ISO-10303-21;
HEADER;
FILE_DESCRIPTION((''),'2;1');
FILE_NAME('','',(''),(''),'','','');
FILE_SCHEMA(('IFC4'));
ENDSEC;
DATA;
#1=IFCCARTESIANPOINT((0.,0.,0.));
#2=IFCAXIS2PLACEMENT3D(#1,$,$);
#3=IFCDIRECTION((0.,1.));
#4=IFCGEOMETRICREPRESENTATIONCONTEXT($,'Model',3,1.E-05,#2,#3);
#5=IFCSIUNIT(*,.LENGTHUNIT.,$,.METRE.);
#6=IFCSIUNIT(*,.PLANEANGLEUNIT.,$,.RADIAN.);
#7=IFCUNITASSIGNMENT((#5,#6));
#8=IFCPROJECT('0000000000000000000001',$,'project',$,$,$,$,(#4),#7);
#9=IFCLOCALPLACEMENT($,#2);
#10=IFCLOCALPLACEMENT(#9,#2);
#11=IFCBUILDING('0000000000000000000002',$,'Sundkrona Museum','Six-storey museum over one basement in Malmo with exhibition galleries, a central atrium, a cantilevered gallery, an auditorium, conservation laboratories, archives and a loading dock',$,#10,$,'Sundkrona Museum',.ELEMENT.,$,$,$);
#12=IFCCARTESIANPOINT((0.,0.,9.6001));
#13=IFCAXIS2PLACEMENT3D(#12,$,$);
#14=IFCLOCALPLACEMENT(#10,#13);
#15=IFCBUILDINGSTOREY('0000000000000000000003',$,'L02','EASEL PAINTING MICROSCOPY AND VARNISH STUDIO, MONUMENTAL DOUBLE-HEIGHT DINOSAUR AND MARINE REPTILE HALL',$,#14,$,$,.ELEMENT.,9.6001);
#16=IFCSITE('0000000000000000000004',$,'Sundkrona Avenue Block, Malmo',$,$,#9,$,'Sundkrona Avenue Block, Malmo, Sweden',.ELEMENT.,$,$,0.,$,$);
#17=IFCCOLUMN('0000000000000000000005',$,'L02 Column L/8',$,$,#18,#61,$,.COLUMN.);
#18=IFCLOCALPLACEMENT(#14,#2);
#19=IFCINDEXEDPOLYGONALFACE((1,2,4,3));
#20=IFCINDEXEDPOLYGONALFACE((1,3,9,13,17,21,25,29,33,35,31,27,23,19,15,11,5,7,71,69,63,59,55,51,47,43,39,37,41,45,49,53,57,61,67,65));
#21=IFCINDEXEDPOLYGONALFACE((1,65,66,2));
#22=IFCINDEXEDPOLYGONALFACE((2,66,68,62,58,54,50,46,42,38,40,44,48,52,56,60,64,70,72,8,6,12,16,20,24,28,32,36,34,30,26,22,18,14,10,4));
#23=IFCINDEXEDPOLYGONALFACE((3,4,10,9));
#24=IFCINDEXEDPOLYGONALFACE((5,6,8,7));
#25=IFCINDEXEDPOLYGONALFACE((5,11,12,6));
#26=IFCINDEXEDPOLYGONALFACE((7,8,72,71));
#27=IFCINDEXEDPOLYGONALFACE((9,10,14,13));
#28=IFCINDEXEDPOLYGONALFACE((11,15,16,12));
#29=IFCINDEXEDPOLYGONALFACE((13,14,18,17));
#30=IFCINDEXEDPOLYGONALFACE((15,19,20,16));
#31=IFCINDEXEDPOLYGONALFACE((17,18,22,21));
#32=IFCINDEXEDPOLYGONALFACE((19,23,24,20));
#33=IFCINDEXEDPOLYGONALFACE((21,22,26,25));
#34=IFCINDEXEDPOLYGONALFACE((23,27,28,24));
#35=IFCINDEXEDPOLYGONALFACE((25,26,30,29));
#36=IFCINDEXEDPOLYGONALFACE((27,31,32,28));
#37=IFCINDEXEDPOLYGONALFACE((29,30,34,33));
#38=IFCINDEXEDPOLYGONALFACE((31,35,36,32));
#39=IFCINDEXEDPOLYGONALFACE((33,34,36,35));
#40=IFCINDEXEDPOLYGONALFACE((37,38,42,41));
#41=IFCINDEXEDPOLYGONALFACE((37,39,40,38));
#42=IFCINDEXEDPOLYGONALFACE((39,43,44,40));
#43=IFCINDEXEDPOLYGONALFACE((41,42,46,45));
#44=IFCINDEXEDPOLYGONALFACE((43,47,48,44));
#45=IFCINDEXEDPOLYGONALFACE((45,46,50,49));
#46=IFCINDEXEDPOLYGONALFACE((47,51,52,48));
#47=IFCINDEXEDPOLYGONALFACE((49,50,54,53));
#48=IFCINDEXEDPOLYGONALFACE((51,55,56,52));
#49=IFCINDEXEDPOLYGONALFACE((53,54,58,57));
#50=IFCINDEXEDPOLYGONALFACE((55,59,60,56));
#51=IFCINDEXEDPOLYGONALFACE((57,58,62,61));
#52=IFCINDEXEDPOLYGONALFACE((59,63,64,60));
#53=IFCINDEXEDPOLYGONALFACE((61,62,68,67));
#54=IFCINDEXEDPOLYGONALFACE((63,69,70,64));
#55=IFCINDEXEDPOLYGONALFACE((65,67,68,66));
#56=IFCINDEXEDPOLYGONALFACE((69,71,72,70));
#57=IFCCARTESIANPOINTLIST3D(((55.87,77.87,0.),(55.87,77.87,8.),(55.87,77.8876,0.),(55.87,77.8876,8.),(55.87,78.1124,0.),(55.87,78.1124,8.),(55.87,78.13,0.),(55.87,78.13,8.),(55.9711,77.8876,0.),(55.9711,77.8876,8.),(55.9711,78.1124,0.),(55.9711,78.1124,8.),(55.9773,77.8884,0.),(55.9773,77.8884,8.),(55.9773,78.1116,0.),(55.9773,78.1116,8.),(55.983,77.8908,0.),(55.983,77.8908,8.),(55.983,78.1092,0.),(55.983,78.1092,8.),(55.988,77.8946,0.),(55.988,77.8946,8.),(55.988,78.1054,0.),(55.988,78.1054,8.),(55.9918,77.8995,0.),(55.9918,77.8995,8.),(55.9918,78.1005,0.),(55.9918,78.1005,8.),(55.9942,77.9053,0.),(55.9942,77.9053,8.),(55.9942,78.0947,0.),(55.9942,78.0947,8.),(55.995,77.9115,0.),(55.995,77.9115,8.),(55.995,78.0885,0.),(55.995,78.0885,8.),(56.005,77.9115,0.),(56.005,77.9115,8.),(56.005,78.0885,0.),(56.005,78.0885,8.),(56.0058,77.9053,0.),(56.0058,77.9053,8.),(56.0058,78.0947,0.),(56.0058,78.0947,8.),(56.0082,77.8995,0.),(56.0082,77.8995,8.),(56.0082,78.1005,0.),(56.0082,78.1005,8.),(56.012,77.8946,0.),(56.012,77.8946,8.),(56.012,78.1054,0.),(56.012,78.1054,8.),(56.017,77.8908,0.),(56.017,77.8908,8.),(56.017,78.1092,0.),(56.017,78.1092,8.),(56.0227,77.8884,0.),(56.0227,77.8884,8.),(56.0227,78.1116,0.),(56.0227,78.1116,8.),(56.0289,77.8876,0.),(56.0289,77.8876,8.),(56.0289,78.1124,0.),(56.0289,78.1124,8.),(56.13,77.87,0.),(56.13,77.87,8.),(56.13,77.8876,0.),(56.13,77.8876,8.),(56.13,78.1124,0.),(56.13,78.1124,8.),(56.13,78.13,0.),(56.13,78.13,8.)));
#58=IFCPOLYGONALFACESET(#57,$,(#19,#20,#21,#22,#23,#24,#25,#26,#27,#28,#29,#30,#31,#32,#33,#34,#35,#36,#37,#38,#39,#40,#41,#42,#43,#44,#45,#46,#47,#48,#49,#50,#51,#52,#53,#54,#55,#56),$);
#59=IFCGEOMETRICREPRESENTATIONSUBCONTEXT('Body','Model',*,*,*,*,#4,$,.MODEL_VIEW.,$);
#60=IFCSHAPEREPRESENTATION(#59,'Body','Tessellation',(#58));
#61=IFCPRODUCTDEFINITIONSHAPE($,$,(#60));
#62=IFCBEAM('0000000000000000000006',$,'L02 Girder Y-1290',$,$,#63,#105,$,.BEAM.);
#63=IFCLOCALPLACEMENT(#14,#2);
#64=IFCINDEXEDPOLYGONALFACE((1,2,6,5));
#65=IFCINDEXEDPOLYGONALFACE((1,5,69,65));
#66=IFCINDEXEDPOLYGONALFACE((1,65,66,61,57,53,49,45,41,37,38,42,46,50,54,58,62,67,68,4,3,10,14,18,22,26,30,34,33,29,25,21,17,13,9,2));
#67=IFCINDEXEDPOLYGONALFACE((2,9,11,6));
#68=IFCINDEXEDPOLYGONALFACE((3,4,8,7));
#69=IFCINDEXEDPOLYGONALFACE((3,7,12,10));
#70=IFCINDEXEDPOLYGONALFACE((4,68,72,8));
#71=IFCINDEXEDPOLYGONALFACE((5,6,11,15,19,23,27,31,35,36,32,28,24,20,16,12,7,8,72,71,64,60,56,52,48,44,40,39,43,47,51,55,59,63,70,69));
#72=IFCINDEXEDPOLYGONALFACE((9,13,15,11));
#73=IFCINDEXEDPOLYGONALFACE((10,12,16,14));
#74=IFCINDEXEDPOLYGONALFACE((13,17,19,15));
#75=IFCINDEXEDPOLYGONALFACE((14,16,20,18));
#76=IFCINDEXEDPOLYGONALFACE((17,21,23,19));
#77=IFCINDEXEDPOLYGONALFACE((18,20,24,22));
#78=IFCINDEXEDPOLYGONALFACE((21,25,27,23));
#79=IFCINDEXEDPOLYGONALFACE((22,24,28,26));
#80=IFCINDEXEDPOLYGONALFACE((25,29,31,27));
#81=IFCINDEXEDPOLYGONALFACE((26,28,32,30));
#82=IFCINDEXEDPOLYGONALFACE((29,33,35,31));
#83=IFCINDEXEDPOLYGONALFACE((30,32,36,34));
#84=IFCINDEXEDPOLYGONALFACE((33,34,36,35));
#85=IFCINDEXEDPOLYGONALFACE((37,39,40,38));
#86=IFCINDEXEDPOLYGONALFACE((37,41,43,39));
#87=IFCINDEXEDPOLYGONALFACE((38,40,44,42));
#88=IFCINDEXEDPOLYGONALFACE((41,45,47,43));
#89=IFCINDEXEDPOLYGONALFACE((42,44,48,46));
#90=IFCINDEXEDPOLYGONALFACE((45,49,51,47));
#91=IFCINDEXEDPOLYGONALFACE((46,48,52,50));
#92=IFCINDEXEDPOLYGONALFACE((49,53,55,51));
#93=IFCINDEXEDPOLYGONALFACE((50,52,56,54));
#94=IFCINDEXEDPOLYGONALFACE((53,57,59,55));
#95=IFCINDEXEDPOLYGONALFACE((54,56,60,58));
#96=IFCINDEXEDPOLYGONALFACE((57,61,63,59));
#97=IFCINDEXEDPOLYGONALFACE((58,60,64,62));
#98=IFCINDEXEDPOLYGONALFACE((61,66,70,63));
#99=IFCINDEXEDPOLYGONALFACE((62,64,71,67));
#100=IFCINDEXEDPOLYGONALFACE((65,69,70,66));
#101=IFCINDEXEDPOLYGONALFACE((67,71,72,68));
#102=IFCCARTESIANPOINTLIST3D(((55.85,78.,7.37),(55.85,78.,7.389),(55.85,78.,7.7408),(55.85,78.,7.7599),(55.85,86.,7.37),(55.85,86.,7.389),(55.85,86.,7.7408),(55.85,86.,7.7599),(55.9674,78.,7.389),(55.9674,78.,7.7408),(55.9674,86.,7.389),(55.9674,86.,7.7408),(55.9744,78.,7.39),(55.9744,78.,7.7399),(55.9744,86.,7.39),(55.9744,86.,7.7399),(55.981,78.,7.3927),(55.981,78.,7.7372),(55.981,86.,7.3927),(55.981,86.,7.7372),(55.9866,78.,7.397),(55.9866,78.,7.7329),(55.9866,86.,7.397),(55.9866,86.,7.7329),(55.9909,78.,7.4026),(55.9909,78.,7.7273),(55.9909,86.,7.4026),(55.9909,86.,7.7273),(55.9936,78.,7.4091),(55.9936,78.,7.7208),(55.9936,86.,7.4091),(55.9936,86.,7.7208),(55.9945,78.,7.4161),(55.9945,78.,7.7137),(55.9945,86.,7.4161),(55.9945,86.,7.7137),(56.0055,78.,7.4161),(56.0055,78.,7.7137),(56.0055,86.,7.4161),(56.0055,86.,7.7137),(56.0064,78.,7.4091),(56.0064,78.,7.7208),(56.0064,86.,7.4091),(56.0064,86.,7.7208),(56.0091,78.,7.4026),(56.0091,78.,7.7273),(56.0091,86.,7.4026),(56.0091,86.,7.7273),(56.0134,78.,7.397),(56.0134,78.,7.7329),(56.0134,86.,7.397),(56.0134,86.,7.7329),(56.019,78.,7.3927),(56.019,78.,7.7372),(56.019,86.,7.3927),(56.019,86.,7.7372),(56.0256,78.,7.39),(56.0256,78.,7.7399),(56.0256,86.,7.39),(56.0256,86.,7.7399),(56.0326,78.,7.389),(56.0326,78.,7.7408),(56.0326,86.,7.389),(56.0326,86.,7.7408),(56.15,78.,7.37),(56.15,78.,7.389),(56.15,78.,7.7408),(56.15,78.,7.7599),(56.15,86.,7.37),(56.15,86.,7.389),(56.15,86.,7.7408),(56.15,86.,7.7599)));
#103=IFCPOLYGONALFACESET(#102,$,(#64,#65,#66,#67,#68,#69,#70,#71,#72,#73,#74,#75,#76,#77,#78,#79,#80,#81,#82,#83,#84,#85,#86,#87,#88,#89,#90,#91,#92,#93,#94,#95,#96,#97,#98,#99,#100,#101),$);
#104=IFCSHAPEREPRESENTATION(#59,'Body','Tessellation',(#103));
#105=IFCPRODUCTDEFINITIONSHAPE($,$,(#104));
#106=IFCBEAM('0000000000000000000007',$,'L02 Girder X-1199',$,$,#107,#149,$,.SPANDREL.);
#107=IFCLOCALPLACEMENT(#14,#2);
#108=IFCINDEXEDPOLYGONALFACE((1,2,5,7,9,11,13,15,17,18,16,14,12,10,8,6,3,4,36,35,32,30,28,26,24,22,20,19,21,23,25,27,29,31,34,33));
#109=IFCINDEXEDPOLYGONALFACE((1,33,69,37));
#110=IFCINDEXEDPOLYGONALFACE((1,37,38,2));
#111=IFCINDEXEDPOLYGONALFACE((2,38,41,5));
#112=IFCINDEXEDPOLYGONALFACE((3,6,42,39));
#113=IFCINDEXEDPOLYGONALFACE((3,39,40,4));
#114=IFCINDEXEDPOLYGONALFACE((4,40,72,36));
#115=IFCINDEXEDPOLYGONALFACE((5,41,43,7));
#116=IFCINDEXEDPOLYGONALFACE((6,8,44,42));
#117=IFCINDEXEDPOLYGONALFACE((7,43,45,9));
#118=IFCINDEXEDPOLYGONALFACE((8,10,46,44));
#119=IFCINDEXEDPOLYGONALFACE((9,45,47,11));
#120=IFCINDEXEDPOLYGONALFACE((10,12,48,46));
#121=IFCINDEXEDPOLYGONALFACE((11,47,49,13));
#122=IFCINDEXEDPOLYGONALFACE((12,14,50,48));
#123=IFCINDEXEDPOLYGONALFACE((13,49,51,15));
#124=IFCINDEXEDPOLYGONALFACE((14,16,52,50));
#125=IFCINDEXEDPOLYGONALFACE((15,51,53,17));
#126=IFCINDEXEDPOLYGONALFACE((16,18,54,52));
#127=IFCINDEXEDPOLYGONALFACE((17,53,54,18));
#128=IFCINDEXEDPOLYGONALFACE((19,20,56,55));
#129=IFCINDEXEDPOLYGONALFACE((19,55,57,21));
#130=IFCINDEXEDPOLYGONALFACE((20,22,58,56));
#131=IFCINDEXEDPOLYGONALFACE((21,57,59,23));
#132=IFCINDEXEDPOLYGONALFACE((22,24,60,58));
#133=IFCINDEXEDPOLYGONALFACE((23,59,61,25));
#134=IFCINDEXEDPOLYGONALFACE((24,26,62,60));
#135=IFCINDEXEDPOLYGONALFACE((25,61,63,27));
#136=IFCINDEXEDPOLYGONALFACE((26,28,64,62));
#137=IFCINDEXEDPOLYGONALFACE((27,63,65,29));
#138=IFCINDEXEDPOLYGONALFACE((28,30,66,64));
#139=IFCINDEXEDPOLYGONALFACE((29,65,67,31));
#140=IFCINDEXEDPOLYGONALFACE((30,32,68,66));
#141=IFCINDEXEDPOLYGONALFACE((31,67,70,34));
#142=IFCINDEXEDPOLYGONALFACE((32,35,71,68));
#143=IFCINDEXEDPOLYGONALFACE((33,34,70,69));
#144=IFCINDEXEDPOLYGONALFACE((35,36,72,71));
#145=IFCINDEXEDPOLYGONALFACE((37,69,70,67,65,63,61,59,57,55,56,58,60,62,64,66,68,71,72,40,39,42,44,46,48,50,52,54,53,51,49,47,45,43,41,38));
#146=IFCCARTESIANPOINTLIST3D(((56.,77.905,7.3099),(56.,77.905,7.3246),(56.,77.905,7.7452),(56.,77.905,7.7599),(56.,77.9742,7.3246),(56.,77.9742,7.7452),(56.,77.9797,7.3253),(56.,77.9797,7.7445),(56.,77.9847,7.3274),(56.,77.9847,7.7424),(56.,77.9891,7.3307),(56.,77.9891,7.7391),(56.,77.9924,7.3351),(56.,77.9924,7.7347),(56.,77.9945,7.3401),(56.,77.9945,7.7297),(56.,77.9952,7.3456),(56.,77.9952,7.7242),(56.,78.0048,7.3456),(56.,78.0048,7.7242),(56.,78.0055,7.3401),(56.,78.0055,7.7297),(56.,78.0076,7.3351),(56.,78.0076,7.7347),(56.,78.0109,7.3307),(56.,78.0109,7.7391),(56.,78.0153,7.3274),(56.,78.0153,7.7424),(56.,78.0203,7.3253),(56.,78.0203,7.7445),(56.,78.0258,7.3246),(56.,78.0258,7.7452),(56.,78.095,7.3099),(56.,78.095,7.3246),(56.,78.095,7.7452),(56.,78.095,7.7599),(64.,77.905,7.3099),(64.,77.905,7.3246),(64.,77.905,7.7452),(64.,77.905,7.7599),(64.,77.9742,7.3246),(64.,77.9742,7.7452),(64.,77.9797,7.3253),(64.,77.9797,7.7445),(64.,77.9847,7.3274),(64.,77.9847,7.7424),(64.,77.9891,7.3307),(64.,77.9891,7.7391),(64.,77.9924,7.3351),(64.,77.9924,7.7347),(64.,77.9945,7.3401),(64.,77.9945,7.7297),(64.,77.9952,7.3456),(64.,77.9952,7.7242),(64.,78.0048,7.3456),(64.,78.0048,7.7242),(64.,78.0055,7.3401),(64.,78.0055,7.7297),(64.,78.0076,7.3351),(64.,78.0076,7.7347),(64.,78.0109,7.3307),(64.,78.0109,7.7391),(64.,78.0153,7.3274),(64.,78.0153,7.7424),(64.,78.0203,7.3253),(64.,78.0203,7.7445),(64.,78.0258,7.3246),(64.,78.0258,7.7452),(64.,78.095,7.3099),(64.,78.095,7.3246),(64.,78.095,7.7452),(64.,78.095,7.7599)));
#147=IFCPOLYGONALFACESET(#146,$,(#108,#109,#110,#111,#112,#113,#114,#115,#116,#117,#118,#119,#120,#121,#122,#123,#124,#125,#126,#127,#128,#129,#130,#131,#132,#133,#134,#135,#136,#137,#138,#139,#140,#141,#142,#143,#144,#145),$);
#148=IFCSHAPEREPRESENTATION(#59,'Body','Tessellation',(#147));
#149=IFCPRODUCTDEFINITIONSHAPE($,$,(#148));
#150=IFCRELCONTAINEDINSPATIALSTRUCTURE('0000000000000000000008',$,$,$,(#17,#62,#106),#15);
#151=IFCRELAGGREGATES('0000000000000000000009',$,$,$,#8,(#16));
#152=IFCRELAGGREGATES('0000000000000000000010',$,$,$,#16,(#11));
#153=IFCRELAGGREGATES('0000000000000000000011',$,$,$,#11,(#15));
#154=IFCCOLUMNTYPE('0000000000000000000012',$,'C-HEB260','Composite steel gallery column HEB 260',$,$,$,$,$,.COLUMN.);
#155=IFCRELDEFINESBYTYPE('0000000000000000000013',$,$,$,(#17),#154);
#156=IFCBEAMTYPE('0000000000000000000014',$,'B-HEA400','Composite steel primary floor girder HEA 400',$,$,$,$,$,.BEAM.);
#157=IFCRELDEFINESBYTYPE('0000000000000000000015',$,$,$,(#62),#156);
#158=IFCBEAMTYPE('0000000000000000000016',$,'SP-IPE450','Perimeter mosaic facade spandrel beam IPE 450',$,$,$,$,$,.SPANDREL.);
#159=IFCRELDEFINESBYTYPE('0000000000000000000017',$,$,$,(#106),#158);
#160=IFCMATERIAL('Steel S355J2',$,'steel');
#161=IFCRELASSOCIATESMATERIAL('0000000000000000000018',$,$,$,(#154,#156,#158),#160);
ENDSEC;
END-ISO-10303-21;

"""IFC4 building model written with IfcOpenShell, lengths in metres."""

from ifc_helpers import new_model, si_unit, direction, frame, origin, origin_2d, place, context, subcontext, project, spatial, i_section, extrude, material, material_profile, profile_set, type_object, element, save


model = new_model("IFC4")

# Units and contexts
model_context = context("Model", 3, precision=1e-05, world=origin(), true_north=direction((0.0, 1.0)))
body_context = subcontext(model_context, "Body", "Model", "MODEL_VIEW")
ifc_project = project(units=[si_unit("LENGTHUNIT", "METRE"), si_unit("PLANEANGLEUNIT", "RADIAN")], contexts=[model_context])

# Site, building, storey
site_placement = place(None, origin())
site = spatial("IfcSite", under=ifc_project, at=site_placement, Name="Sundkrona Avenue Block, Malmo", LongName="Sundkrona Avenue Block, Malmo, Sweden", CompositionType="ELEMENT", RefElevation=0.0)
building_placement = place(site_placement, origin())
building = spatial("IfcBuilding", under=site, at=building_placement, Name="Sundkrona Museum", Description="Six-storey museum over one basement in Malmo with exhibition galleries, a central atrium, a cantilevered gallery, an auditorium, conservation laboratories, archives and a loading dock", LongName="Sundkrona Museum", CompositionType="ELEMENT")
storey_placement = place(building_placement, frame((0.0, 0.0, 9.6001)))
storey = spatial("IfcBuildingStorey", under=building, at=storey_placement, Name="L02", Description="EASEL PAINTING MICROSCOPY AND VARNISH STUDIO, MONUMENTAL DOUBLE-HEIGHT DINOSAUR AND MARINE REPTILE HALL", CompositionType="ELEMENT", Elevation=9.6001)

# Column
ifc_material_1 = material(Name="Steel S355J2", Category="steel")
ifc_material_profile_1 = material_profile(ifc_material_1, i_section(OverallWidth=0.26, OverallDepth=0.26, WebThickness=0.01, FlangeThickness=0.0176, FilletRadius=0.0239, at=origin_2d()), Name="HEB 260")
ifc_profile_set_1 = profile_set([ifc_material_profile_1], Name="Steel S355J2")
column_type = type_object("IfcColumnType", Name="C-HEB260", Description="Composite steel gallery column HEB 260", PredefinedType="COLUMN", material=ifc_profile_set_1)
column_placement = place(storey_placement, frame((56.0, 78.0, 0.0), z_axis=(0.0, 0.0, 1.0), x_axis=(1.0, 0.0, 0.0)))
element("IfcColumn", 1, at=column_placement, inside=storey, type_object=column_type, Name="L02 Column L/8", PredefinedType="COLUMN", context=body_context, shape_type="SweptSolid", body=[
    extrude(i_section(OverallWidth=0.26, OverallDepth=0.26, WebThickness=0.01, FlangeThickness=0.0176, FilletRadius=0.0239, at=origin_2d()), origin(), (0.0, 0.0, 1.0), 8.0),
])

# Beams
ifc_material_profile_2 = material_profile(ifc_material_1, i_section(OverallWidth=0.3, OverallDepth=0.3899, WebThickness=0.011, FlangeThickness=0.019, FilletRadius=0.0271, at=origin_2d()), Name="HEA 400")
ifc_profile_set_2 = profile_set([ifc_material_profile_2], Name="Steel S355J2")
beam_type_1 = type_object("IfcBeamType", Name="B-HEA400", Description="Composite steel primary floor girder HEA 400", PredefinedType="BEAM", material=ifc_profile_set_2)
beam_1_placement = place(storey_placement, frame((56.0, 78.0, 7.5649), z_axis=(0.0, 1.0, 0.0), x_axis=(-1.0, 0.0, 0.0)))
element("IfcBeam", 2, at=beam_1_placement, inside=storey, type_object=beam_type_1, Name="L02 Girder Y-1290", PredefinedType="BEAM", context=body_context, shape_type="SweptSolid", body=[
    extrude(i_section(OverallWidth=0.3, OverallDepth=0.3899, WebThickness=0.011, FlangeThickness=0.019, FilletRadius=0.0271, at=origin_2d()), origin(), (0.0, 0.0, 1.0), 8.0),
])
ifc_material_profile_3 = material_profile(ifc_material_1, i_section(OverallWidth=0.1899, OverallDepth=0.45, WebThickness=0.0095, FlangeThickness=0.0146, FilletRadius=0.021, at=origin_2d()), Name="IPE 450")
ifc_profile_set_3 = profile_set([ifc_material_profile_3], Name="Steel S355J2")
beam_type_2 = type_object("IfcBeamType", Name="SP-IPE450", Description="Perimeter mosaic facade spandrel beam IPE 450", PredefinedType="SPANDREL", material=ifc_profile_set_3)
beam_2_placement = place(storey_placement, frame((56.0, 78.0, 7.5349), z_axis=(1.0, 0.0, 0.0), x_axis=(0.0, 1.0, 0.0)))
element("IfcBeam", 3, at=beam_2_placement, inside=storey, type_object=beam_type_2, Name="L02 Girder X-1199", PredefinedType="SPANDREL", context=body_context, shape_type="SweptSolid", body=[
    extrude(i_section(OverallWidth=0.1899, OverallDepth=0.45, WebThickness=0.0095, FlangeThickness=0.0146, FilletRadius=0.021, at=origin_2d()), origin(), (0.0, 0.0, 1.0), 8.0),
])

save(model, "model.ifc")
